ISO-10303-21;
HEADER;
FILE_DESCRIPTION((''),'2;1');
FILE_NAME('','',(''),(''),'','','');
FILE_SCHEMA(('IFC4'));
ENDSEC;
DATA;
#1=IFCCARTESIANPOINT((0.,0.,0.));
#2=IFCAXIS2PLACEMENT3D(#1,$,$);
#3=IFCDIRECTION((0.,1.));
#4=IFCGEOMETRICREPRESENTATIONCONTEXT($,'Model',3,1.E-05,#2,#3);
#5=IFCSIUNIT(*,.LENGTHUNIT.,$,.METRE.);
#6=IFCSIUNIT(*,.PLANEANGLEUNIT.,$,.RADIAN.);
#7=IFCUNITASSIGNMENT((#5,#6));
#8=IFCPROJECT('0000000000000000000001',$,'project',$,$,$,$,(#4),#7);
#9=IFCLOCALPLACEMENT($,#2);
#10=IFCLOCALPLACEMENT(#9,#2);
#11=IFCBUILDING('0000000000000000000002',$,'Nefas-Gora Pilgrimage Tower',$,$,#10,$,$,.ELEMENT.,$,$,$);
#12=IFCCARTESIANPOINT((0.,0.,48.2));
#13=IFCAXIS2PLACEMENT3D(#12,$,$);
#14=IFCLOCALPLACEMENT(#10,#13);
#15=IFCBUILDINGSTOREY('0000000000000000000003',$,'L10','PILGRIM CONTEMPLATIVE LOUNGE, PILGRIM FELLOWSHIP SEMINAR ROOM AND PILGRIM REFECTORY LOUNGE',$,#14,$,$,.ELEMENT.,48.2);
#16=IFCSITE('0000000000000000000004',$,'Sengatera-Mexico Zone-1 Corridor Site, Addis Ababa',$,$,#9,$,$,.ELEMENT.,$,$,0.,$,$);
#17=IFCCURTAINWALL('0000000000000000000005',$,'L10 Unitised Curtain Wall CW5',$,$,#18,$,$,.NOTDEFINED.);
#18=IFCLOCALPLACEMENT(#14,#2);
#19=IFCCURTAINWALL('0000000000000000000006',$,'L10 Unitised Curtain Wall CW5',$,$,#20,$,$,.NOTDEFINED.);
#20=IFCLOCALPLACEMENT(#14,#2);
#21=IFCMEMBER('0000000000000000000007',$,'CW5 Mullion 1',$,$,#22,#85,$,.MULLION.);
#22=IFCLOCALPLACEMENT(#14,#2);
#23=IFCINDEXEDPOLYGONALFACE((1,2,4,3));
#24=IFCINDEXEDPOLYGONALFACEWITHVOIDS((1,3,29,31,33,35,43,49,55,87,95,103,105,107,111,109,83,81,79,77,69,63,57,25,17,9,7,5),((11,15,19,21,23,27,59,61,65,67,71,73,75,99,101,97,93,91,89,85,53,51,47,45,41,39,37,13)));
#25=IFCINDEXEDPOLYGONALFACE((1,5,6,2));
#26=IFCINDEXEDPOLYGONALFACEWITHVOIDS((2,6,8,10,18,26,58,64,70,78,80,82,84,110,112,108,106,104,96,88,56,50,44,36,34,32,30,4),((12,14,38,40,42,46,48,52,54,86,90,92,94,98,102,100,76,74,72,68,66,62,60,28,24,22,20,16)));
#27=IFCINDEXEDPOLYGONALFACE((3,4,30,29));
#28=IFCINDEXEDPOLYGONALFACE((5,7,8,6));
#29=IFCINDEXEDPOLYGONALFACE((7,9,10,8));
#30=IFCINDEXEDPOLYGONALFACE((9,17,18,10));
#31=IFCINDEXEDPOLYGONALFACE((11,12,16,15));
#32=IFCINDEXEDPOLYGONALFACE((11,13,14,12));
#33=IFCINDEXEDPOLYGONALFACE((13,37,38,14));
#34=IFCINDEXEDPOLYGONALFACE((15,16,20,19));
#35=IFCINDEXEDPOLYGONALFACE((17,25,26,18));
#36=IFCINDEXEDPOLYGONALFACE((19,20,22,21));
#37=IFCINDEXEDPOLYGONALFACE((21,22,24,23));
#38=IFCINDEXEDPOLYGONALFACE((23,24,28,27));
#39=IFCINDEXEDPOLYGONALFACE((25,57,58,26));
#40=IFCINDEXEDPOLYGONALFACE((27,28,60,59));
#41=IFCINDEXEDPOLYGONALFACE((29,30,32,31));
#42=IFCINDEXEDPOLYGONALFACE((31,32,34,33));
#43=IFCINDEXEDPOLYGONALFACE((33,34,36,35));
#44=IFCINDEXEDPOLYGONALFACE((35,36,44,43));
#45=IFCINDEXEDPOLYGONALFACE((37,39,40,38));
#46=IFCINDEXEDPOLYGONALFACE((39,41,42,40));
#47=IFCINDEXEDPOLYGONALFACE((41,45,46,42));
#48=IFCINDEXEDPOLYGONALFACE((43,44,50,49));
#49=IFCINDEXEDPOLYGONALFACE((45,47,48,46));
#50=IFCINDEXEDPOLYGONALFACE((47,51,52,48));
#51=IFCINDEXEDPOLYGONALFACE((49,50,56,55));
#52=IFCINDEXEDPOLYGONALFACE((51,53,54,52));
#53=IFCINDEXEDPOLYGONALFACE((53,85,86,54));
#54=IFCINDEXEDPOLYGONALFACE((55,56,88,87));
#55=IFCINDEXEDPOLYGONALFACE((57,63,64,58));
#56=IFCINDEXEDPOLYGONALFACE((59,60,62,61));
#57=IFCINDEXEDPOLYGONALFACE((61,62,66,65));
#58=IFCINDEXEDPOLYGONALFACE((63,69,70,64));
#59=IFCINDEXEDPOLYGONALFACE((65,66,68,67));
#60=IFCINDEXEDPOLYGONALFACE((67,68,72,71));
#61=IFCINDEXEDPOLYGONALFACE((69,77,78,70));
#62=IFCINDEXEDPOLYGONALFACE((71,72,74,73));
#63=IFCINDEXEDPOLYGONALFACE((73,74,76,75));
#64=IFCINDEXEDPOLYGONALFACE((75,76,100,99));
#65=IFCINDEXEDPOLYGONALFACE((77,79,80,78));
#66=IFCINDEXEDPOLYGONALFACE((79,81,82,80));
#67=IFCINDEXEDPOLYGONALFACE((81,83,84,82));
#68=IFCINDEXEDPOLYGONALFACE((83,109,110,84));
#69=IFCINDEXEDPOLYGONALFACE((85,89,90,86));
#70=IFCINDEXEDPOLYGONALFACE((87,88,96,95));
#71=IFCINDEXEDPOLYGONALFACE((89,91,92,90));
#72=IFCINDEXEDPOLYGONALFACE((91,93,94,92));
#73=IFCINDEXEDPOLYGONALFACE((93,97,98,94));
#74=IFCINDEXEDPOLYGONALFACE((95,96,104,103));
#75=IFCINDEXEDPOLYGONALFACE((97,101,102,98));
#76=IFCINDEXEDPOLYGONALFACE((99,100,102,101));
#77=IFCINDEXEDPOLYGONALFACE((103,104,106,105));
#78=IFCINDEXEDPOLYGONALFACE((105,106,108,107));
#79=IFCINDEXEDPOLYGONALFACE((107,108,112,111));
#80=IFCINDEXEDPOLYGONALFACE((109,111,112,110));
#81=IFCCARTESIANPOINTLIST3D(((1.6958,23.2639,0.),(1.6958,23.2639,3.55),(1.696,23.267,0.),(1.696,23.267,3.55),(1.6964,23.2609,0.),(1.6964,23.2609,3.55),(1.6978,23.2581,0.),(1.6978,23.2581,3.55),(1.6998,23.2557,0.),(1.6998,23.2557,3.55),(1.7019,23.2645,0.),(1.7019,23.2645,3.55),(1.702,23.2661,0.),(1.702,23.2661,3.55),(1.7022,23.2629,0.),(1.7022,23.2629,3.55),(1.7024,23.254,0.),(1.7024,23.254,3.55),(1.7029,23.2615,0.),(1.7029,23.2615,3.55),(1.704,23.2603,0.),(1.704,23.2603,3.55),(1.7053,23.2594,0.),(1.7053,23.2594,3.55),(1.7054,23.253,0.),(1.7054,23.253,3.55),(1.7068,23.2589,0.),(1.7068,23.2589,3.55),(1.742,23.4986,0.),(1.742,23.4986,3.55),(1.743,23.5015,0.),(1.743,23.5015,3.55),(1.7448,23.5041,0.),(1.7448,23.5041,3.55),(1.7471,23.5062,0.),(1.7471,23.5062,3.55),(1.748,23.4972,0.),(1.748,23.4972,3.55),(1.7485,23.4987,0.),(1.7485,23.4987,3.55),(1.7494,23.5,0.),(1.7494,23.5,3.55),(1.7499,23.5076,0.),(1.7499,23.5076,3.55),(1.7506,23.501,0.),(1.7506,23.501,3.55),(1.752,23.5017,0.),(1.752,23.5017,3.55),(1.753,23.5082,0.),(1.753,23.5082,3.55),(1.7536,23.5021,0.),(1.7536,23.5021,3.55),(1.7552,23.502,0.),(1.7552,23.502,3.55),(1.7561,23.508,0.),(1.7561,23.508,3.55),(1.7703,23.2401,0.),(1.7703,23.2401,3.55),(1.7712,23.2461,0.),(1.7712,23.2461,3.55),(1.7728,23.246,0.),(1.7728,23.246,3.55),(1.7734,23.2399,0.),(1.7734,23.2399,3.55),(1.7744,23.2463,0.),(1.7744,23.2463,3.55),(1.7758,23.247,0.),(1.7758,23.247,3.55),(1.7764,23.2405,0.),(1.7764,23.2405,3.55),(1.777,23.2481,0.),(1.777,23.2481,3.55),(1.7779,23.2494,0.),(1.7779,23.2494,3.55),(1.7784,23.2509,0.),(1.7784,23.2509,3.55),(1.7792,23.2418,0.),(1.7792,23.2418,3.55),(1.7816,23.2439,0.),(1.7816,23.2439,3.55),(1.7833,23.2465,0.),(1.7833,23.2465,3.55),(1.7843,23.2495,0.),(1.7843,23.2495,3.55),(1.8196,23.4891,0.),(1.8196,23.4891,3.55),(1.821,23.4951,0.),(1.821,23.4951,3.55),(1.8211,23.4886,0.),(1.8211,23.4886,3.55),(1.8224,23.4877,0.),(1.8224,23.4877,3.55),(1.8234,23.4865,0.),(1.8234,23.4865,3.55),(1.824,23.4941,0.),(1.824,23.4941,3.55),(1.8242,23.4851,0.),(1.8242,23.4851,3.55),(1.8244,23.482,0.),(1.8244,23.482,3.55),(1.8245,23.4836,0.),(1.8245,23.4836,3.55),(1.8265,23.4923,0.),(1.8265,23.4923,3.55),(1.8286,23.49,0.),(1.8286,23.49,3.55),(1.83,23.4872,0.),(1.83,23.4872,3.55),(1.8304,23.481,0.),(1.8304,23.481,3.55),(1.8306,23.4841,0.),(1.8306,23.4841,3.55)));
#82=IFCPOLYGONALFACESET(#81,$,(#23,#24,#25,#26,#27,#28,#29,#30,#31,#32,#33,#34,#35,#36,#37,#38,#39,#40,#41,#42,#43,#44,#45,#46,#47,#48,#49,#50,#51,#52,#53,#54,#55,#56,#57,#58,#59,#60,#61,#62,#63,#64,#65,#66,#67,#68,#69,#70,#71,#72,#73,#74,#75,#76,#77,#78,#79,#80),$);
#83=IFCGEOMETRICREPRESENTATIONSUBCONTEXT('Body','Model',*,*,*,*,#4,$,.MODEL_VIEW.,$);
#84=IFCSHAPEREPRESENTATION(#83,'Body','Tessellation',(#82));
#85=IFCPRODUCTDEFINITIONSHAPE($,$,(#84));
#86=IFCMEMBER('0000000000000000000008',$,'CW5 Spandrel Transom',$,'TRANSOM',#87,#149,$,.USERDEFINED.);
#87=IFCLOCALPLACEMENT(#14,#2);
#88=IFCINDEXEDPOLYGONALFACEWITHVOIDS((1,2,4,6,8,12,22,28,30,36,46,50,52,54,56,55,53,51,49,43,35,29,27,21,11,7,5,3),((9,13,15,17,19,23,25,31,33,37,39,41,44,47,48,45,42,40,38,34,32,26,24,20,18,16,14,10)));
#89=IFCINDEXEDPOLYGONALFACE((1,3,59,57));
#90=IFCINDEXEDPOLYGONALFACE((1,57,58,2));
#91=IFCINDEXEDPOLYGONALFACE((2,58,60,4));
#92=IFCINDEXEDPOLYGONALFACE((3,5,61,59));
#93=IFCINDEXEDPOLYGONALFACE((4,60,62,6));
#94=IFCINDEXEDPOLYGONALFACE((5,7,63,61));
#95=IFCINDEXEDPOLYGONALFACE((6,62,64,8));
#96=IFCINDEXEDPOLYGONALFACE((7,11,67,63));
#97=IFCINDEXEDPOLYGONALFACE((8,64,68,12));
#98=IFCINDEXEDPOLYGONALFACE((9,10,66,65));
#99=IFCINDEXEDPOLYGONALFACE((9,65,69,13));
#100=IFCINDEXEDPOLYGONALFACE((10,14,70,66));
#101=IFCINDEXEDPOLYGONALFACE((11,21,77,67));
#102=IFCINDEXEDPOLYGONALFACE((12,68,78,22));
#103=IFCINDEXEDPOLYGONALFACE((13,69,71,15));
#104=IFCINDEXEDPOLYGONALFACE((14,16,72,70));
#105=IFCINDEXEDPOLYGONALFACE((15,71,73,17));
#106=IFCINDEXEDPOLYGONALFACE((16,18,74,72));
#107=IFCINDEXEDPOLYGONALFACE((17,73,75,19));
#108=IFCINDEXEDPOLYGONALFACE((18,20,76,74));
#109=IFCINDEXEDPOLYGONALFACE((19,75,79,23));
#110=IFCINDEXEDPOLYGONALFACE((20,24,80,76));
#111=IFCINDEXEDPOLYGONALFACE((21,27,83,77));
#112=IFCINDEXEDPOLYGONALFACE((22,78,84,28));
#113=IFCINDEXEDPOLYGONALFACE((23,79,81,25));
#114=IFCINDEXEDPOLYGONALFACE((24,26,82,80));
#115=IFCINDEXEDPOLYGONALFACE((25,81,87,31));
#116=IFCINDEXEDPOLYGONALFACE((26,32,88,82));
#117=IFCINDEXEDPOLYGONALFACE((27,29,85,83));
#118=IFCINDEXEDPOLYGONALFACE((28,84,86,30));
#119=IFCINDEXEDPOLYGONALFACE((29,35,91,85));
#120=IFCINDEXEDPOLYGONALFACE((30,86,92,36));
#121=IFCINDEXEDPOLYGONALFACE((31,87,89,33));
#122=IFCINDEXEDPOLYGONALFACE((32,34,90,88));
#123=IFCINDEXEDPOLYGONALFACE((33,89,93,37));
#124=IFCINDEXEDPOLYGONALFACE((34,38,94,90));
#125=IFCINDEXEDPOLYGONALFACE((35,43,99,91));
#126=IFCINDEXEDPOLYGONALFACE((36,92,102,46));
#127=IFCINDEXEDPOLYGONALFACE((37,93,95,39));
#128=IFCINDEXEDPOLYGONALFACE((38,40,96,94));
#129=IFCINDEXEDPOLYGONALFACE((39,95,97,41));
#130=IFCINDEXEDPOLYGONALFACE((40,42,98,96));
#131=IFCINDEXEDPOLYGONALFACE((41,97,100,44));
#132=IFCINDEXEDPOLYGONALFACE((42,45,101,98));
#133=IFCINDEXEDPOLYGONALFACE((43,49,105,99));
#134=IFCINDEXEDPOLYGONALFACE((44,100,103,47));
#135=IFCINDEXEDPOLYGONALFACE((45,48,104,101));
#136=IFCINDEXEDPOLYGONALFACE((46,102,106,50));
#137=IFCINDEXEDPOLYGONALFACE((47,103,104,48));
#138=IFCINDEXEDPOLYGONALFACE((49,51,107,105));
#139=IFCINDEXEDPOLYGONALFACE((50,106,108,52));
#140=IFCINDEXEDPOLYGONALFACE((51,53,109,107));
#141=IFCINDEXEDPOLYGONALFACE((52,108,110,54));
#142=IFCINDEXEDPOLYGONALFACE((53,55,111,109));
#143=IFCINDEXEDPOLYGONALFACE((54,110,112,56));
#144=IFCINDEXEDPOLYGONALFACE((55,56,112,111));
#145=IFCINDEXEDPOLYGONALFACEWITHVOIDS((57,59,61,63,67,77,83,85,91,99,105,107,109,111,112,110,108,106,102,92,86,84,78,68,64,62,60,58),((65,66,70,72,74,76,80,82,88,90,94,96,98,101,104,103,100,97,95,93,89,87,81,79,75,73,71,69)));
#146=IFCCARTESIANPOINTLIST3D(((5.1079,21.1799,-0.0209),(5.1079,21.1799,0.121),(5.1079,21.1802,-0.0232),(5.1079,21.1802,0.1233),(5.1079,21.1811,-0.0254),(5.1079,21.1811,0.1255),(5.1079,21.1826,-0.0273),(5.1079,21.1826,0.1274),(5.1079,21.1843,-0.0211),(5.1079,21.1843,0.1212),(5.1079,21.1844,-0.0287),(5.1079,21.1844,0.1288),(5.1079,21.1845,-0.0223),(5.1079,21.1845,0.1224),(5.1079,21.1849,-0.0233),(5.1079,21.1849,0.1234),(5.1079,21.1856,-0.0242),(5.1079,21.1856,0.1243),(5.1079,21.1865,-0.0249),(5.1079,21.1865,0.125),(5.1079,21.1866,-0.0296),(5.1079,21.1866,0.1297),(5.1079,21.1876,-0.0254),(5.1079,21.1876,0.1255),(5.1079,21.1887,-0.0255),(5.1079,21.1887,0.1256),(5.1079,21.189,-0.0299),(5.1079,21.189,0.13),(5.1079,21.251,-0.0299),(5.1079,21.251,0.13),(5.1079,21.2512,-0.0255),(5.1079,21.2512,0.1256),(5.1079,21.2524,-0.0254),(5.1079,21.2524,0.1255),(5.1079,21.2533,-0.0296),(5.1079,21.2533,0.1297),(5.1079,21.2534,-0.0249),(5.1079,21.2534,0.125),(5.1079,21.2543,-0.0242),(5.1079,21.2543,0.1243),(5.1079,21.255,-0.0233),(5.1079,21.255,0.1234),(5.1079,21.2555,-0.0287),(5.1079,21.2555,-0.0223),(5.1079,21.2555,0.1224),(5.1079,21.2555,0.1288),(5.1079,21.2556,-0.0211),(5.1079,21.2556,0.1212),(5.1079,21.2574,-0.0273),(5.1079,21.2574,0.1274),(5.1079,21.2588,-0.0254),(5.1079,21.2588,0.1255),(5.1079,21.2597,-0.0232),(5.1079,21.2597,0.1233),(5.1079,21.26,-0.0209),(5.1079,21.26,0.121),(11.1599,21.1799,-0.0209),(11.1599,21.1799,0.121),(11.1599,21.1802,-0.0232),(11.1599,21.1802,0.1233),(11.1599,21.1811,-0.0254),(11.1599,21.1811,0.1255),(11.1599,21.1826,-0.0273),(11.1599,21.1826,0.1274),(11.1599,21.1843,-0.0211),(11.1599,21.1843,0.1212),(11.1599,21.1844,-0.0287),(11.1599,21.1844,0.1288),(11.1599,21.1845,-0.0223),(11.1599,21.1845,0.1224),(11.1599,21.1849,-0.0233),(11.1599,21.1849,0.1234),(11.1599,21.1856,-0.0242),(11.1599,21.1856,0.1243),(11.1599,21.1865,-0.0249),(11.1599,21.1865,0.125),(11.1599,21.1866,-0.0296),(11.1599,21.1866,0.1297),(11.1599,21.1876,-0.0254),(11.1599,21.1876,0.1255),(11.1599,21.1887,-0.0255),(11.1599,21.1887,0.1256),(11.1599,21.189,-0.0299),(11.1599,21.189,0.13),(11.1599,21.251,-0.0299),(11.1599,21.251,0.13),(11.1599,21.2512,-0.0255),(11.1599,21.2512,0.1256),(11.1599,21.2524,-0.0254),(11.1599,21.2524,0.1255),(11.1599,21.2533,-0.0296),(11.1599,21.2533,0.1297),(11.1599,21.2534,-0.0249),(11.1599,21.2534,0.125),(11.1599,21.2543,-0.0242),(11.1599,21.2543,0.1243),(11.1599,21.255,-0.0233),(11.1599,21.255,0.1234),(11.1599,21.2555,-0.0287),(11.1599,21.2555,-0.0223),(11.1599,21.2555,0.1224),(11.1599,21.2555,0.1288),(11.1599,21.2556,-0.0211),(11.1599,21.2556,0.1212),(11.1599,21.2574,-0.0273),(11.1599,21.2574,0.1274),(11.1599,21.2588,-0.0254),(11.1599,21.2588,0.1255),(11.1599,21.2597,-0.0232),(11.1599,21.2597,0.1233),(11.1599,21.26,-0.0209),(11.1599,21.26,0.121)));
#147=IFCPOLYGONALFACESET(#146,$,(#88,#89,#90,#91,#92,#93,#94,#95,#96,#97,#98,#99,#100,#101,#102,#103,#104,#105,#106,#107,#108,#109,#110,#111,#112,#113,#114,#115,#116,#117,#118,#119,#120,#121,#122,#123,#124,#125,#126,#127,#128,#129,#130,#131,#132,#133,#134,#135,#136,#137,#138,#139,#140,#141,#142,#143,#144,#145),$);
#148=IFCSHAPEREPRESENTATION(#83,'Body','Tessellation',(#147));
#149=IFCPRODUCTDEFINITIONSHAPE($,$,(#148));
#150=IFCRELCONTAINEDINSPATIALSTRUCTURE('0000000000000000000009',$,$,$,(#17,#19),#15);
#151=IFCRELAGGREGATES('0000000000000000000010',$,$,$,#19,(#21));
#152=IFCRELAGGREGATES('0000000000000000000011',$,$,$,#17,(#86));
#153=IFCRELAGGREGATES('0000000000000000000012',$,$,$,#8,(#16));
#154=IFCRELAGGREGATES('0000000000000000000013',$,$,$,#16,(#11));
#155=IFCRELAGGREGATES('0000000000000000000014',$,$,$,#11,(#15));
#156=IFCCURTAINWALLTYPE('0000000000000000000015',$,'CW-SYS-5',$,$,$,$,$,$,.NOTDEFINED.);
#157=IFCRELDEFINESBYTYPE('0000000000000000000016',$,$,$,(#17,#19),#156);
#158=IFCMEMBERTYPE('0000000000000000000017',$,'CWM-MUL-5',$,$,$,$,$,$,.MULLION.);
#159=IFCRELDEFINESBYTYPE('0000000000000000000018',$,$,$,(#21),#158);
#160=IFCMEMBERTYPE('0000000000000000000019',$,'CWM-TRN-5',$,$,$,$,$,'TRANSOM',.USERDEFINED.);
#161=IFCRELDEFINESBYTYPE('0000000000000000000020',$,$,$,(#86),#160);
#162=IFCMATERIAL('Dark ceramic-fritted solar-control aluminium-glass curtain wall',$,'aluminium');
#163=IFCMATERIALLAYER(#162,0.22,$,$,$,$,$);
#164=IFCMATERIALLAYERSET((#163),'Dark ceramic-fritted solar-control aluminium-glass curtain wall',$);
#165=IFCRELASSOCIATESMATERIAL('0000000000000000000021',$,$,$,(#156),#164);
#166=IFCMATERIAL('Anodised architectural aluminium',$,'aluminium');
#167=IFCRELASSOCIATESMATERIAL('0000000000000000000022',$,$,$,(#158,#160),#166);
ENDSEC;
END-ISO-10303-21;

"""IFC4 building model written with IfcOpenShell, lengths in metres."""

from ifc_helpers import new_model, si_unit, direction, frame, origin, origin_2d, place, context, subcontext, project, spatial, hollow_rectangle, extrude, source, transform, mapped, material, layer, layer_set, material_profile, profile_set, type_object, element, aggregate, save


model = new_model("IFC4")

# Units and contexts
model_context = context("Model", 3, precision=1e-05, world=origin(), true_north=direction((0.0, 1.0)))
body_context = subcontext(model_context, "Body", "Model", "MODEL_VIEW")
ifc_project = project(units=[si_unit("LENGTHUNIT", "METRE"), si_unit("PLANEANGLEUNIT", "RADIAN")], contexts=[model_context])

# Site, building, storey
site_placement = place(None, origin())
site = spatial("IfcSite", under=ifc_project, at=site_placement, Name="Sengatera-Mexico Zone-1 Corridor Site, Addis Ababa", CompositionType="ELEMENT", RefElevation=0.0)
building_placement = place(site_placement, origin())
building = spatial("IfcBuilding", under=site, at=building_placement, Name="Nefas-Gora Pilgrimage Tower", CompositionType="ELEMENT")
storey_placement = place(building_placement, frame((0.0, 0.0, 48.2)))
storey = spatial("IfcBuildingStorey", under=building, at=storey_placement, Name="L10", Description="PILGRIM CONTEMPLATIVE LOUNGE, PILGRIM FELLOWSHIP SEMINAR ROOM AND PILGRIM REFECTORY LOUNGE", CompositionType="ELEMENT", Elevation=48.2)

# Curtain wall
ifc_material_1 = material(Name="Dark ceramic-fritted solar-control aluminium-glass curtain wall", Category="aluminium")
ifc_layer_1 = layer(ifc_material_1, 0.22)
ifc_layer_set_1 = layer_set([ifc_layer_1], Name="Dark ceramic-fritted solar-control aluminium-glass curtain wall")
curtain_wall_type_1 = type_object("IfcCurtainWallType", Name="CW-SYS-5", PredefinedType="NOTDEFINED", material=ifc_layer_set_1)
curtain_wall_1_placement = place(storey_placement, origin())
curtain_wall_1 = element("IfcCurtainWall", 1, at=curtain_wall_1_placement, inside=storey, type_object=curtain_wall_type_1, Name="L10 Unitised Curtain Wall CW5", PredefinedType="NOTDEFINED")
ifc_material_2 = material(Name="Anodised architectural aluminium", Category="aluminium")
ifc_material_profile_1 = material_profile(ifc_material_2, hollow_rectangle(XDim=0.0901, YDim=0.26, WallThickness=0.0061, InnerFilletRadius=0.0061, OuterFilletRadius=0.012, at=origin_2d()), Name="ALU MULLION 90x260")
ifc_profile_set_1 = profile_set([ifc_material_profile_1], Name="Anodised architectural aluminium")
member_type_1 = type_object("IfcMemberType", Name="CWM-MUL-5", PredefinedType="MULLION", material=ifc_profile_set_1)
shared_shape_1 = source(origin(), body_context, "Body", "SweptSolid", [
    extrude(hollow_rectangle(XDim=0.0901, YDim=0.26, WallThickness=0.0061, InnerFilletRadius=0.0061, OuterFilletRadius=0.012, at=origin_2d()), origin(), (0.0, 0.0, 1.0), 3.55),
])

# Curtain wall, member
curtain_wall_2_placement = place(storey_placement, origin())
curtain_wall_2 = element("IfcCurtainWall", 2, at=curtain_wall_2_placement, inside=storey, type_object=curtain_wall_type_1, Name="L10 Unitised Curtain Wall CW5", PredefinedType="NOTDEFINED")
member_1_placement = place(storey_placement, frame((1.7632, 23.374, 0.0), z_axis=(0.0, 0.0, 1.0), x_axis=(-0.980783, 0.195102, 0.0)))
member_1 = element("IfcMember", 3, at=member_1_placement, type_object=member_type_1, Name="CW5 Mullion 1", PredefinedType="MULLION", context=body_context, shape_type="MappedRepresentation", body=[
    mapped(shared_shape_1, transform((0.0, 0.0, 0.0), x_axis=(1.0, 0.0, 0.0), y_axis=(0.0, 1.0, 0.0), z_axis=(0.0, 0.0, 1.0), scale=1.0)),
])

# Member
ifc_material_profile_2 = material_profile(ifc_material_2, hollow_rectangle(XDim=0.0801, YDim=0.1599, WallThickness=0.0044, InnerFilletRadius=0.0044, OuterFilletRadius=0.009, at=origin_2d()), Name="ALU TRANSOM 80x160")
ifc_profile_set_2 = profile_set([ifc_material_profile_2], Name="Anodised architectural aluminium")
member_type_2 = type_object("IfcMemberType", Name="CWM-TRN-5", ElementType="TRANSOM", PredefinedType="USERDEFINED", material=ifc_profile_set_2)
shared_shape_2 = source(origin(), body_context, "Body", "SweptSolid", [
    extrude(hollow_rectangle(XDim=0.0801, YDim=0.1599, WallThickness=0.0044, InnerFilletRadius=0.0044, OuterFilletRadius=0.009, at=origin_2d()), origin(), (0.0, 0.0, 1.0), 6.052),
])
member_2_placement = place(storey_placement, frame((11.1599, 21.22, 0.05), z_axis=(-1.0, 0.0, 0.0), x_axis=(0.0, -1.0, 0.0)))
member_2 = element("IfcMember", 4, at=member_2_placement, type_object=member_type_2, Name="CW5 Spandrel Transom", ObjectType="TRANSOM", PredefinedType="USERDEFINED", context=body_context, shape_type="MappedRepresentation", body=[
    mapped(shared_shape_2, transform((0.0, 0.0, 0.0), x_axis=(1.0, 0.0, 0.0), y_axis=(0.0, 1.0, 0.0), z_axis=(0.0, 0.0, 1.0), scale=1.0)),
])

aggregate(curtain_wall_2, [member_1])

aggregate(curtain_wall_1, [member_2])

save(model, "model.ifc")
